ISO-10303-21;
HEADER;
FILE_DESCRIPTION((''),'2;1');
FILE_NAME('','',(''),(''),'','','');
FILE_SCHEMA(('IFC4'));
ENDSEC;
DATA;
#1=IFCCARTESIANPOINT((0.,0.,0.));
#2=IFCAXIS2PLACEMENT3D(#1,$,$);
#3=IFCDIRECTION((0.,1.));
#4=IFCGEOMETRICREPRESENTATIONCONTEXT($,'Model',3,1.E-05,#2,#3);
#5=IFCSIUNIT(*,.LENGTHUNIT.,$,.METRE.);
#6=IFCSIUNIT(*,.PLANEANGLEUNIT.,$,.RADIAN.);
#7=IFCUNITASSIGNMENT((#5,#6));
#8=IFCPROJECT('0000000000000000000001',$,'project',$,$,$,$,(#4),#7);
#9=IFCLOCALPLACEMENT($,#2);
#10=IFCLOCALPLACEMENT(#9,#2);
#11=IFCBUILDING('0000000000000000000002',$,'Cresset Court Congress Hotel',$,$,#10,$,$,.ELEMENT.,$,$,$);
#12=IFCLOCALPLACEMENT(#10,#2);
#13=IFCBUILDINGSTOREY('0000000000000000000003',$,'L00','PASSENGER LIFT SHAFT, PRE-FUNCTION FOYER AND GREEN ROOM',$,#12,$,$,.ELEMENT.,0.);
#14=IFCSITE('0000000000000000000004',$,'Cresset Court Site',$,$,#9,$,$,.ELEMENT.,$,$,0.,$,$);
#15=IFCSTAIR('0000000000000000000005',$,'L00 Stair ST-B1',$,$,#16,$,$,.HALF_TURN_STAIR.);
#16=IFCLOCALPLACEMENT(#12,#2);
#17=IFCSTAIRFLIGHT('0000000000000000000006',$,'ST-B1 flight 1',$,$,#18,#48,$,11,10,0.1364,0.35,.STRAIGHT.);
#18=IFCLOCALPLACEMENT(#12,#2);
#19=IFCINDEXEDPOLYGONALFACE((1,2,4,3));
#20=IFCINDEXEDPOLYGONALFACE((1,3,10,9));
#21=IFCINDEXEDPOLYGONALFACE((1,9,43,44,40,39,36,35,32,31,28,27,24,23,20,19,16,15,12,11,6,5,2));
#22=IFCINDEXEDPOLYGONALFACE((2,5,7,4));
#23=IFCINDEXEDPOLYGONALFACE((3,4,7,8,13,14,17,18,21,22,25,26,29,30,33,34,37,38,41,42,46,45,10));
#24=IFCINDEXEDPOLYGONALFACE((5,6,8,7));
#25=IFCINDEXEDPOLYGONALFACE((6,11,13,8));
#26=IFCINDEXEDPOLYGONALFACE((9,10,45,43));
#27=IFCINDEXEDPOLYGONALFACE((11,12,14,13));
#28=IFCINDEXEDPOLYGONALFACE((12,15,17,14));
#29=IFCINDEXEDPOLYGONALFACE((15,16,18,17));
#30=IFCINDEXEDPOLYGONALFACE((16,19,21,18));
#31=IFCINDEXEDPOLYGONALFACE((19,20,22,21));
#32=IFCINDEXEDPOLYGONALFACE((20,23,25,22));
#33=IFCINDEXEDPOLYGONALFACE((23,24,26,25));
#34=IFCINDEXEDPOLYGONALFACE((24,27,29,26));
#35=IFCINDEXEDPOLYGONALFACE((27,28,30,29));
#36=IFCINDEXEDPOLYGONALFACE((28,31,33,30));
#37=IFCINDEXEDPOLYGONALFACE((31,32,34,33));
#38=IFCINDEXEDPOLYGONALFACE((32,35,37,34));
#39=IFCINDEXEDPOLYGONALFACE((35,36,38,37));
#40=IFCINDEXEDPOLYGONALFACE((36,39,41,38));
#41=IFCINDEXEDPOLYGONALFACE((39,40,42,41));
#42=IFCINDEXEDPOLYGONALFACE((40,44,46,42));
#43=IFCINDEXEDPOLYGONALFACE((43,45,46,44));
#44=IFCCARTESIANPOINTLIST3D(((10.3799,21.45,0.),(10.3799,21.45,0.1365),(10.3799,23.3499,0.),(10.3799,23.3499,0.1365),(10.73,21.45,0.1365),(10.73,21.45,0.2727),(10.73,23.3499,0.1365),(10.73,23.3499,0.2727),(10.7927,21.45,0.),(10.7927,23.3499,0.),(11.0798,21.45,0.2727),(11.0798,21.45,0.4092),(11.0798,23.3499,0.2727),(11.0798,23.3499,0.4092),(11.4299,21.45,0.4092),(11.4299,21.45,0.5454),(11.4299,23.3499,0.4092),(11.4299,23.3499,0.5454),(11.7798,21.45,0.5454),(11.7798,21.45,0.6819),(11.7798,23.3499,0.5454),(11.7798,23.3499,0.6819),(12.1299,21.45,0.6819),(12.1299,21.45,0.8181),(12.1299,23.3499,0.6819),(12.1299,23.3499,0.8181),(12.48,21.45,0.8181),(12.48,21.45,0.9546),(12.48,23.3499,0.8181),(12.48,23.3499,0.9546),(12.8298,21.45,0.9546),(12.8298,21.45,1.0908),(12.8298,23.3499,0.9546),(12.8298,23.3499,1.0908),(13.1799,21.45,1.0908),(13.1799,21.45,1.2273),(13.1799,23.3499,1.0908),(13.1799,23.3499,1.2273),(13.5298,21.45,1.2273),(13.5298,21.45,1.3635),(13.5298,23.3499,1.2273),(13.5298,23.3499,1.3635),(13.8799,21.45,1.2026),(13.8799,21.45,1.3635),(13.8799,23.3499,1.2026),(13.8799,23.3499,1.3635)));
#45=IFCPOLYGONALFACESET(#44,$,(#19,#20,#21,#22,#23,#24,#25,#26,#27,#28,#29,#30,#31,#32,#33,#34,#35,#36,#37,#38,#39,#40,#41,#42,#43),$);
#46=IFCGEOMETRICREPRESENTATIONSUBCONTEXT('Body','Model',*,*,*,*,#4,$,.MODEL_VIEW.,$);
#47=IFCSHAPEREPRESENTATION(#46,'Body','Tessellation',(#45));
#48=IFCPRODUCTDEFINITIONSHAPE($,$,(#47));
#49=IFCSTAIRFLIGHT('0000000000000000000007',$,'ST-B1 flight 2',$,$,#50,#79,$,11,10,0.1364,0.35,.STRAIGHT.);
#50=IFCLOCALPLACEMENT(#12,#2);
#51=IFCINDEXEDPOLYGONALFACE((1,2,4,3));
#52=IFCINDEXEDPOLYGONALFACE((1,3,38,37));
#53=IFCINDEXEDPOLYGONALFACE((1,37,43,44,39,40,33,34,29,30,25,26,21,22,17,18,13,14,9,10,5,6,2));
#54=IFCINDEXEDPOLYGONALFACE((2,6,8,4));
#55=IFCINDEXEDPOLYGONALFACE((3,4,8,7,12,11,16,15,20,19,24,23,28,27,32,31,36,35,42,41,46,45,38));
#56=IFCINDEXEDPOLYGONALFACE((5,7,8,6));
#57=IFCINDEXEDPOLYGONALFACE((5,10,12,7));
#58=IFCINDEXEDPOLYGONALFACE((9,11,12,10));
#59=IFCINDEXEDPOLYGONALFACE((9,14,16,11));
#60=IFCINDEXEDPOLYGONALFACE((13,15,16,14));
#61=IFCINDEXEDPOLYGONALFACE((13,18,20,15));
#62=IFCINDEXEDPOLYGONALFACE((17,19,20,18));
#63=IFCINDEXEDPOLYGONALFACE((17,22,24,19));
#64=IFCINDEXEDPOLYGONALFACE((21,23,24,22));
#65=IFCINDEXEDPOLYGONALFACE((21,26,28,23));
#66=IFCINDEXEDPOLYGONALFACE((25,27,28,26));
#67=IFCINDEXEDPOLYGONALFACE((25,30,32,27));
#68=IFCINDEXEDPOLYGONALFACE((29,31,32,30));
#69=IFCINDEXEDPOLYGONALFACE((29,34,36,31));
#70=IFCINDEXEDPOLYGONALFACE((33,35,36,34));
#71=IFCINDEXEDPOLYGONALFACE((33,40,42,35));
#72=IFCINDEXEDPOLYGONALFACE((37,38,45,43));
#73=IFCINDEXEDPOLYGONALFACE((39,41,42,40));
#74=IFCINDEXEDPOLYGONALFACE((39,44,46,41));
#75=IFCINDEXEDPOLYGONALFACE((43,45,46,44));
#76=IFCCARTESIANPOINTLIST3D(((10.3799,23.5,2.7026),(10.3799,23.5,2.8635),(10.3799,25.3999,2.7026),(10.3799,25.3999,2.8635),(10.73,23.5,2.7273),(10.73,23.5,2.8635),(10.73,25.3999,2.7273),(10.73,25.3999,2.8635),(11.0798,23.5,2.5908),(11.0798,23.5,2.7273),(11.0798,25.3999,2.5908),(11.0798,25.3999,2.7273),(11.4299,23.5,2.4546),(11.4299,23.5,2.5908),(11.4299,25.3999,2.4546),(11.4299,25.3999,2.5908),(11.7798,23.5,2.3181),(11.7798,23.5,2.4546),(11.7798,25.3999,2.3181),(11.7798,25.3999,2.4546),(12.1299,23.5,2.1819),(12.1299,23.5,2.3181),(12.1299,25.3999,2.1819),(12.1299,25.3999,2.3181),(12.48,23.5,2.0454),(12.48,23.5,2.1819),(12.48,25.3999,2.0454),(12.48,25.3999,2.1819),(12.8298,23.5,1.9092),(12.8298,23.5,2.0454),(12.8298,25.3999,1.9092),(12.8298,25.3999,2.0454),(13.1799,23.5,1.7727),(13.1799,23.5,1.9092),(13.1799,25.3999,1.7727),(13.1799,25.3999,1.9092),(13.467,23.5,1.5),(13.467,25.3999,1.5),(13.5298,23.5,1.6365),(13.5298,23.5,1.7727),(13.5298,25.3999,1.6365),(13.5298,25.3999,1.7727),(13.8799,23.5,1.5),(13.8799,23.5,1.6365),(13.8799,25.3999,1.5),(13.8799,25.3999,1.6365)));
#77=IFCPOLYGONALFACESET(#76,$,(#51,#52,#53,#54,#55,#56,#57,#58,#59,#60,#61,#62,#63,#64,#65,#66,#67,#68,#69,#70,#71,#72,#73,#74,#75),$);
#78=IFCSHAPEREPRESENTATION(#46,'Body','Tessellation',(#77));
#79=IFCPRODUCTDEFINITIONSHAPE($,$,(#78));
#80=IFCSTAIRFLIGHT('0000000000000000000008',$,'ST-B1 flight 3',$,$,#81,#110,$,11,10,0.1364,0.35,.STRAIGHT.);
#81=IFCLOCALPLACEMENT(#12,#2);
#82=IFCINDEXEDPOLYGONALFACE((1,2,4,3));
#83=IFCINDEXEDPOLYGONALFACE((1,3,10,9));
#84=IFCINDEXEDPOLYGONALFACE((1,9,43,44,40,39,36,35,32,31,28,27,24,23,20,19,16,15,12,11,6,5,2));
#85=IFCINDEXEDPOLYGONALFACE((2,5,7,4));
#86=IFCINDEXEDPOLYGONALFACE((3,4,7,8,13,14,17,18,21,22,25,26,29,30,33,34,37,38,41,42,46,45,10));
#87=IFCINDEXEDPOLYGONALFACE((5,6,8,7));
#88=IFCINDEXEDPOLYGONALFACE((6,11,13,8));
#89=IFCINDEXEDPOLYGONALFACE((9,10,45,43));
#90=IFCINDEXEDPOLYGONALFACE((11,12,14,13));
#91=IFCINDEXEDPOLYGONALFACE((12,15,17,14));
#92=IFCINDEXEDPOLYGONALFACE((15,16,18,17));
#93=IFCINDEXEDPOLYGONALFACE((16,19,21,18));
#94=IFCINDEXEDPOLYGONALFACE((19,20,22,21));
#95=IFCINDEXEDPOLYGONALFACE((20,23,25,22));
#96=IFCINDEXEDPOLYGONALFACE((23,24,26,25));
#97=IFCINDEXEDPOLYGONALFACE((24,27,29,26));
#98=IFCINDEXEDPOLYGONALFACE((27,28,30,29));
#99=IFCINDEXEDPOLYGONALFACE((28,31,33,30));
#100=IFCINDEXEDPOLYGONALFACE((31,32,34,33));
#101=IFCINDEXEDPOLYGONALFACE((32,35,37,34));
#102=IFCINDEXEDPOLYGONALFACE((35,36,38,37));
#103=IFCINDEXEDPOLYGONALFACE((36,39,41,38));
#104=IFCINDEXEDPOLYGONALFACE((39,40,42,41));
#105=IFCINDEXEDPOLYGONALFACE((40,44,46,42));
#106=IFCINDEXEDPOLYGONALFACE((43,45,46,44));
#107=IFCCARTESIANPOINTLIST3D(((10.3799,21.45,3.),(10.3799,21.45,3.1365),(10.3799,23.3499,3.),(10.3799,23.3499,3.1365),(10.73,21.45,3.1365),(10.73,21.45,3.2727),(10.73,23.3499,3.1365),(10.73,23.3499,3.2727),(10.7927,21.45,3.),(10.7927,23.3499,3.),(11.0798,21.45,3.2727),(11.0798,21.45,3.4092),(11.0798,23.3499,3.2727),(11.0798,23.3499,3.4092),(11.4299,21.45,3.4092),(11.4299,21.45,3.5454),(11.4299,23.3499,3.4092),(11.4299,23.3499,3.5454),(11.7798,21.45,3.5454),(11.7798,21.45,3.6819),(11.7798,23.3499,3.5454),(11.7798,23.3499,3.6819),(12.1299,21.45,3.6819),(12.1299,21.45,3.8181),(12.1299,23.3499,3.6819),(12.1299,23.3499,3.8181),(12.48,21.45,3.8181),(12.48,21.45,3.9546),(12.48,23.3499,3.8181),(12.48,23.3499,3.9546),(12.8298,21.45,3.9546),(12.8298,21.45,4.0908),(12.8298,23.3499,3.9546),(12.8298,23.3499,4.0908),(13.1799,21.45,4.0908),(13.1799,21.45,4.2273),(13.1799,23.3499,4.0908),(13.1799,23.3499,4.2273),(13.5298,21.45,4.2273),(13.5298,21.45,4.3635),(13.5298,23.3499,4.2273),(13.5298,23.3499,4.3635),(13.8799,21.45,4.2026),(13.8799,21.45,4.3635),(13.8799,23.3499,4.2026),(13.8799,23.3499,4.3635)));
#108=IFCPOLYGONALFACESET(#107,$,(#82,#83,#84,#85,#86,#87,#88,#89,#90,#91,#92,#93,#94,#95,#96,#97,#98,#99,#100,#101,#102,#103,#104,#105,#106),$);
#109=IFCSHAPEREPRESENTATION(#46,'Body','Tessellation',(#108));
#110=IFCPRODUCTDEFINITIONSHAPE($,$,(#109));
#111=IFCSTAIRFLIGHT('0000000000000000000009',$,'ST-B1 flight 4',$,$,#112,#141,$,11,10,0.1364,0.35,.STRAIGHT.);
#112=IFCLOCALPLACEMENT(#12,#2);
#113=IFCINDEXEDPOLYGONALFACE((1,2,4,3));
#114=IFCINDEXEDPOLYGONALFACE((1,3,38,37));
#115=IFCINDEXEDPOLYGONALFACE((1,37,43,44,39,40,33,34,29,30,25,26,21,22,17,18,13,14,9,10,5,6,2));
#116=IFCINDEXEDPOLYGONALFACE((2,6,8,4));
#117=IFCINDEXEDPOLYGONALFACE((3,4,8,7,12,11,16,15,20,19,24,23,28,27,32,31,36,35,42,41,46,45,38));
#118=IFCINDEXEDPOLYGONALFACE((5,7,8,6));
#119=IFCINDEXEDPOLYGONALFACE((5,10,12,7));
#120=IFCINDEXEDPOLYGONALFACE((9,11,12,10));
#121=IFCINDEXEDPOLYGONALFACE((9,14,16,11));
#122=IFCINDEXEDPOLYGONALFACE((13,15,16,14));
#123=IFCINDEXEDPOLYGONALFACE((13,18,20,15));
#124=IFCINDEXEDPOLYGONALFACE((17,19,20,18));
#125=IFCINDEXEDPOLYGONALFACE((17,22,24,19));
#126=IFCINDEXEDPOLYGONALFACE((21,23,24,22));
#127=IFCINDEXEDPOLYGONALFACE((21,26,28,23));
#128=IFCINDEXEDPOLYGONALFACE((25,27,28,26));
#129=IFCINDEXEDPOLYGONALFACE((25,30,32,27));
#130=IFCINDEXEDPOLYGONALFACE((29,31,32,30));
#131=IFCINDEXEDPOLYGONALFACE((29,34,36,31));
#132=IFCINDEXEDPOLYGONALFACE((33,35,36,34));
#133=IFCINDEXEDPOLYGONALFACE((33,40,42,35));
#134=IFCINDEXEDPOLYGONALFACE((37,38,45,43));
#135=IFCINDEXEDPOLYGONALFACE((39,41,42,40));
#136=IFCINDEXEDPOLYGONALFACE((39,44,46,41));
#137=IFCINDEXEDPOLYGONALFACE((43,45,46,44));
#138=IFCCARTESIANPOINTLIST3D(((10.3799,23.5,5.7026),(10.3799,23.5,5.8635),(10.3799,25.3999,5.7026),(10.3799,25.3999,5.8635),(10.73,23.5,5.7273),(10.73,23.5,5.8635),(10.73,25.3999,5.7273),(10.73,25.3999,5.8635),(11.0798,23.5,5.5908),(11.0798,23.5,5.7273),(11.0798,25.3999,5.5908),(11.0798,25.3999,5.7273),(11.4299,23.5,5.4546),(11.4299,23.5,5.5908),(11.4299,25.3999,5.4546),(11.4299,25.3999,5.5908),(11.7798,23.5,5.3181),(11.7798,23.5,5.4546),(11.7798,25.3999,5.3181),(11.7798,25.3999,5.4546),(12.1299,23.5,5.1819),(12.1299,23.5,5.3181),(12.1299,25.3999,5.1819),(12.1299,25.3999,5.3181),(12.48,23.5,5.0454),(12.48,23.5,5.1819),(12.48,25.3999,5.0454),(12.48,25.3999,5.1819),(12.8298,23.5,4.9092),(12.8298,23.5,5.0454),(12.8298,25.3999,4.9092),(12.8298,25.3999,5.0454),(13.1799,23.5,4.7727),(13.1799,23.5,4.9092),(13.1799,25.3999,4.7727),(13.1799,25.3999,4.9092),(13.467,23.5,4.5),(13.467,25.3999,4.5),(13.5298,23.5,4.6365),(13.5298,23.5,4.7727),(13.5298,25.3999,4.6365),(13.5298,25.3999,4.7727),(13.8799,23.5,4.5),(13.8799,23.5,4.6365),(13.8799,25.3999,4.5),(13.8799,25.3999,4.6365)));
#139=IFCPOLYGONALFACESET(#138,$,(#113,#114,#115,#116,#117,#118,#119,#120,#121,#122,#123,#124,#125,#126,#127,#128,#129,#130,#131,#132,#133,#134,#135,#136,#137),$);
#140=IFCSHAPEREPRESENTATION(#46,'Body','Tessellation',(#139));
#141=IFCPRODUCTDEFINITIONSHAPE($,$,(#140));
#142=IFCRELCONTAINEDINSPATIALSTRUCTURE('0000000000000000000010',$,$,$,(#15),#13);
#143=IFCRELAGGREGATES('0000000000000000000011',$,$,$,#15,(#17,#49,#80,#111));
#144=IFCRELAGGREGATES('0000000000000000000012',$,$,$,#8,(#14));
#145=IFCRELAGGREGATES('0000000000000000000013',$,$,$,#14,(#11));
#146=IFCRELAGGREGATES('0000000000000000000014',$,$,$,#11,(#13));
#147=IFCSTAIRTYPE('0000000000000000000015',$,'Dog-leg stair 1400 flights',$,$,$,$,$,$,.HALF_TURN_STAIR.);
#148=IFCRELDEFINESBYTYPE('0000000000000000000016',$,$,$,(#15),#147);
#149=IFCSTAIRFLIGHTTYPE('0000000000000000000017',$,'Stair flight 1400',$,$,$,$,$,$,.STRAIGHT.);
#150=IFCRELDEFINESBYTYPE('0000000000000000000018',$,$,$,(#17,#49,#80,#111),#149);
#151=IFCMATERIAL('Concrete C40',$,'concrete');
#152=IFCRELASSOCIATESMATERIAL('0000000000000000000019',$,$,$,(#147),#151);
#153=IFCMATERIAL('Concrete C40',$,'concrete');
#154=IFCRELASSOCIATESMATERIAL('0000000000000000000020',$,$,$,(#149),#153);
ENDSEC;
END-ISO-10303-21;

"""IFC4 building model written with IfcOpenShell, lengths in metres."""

from ifc_helpers import new_model, si_unit, direction, frame, origin, place, context, subcontext, project, spatial, polyline, outline, extrude, material, type_object, element, aggregate, save


model = new_model("IFC4")

# Units and contexts
model_context = context("Model", 3, precision=1e-05, world=origin(), true_north=direction((0.0, 1.0)))
body_context = subcontext(model_context, "Body", "Model", "MODEL_VIEW")
ifc_project = project(units=[si_unit("LENGTHUNIT", "METRE"), si_unit("PLANEANGLEUNIT", "RADIAN")], contexts=[model_context])

# Site, building, storey
site_placement = place(None, origin())
site = spatial("IfcSite", under=ifc_project, at=site_placement, Name="Cresset Court Site", CompositionType="ELEMENT", RefElevation=0.0)
building_placement = place(site_placement, origin())
building = spatial("IfcBuilding", under=site, at=building_placement, Name="Cresset Court Congress Hotel", CompositionType="ELEMENT")
storey_placement = place(building_placement, origin())
storey = spatial("IfcBuildingStorey", under=building, at=storey_placement, Name="L00", Description="PASSENGER LIFT SHAFT, PRE-FUNCTION FOYER AND GREEN ROOM", CompositionType="ELEMENT", Elevation=0.0)

# Stair, stair flights
ifc_material_1 = material(Name="Concrete C40", Category="concrete")
stair_type = type_object("IfcStairType", Name="Dog-leg stair 1400 flights", PredefinedType="HALF_TURN_STAIR", material=ifc_material_1)
stair_placement = place(storey_placement, origin())
stair = element("IfcStair", 1, at=stair_placement, inside=storey, type_object=stair_type, Name="L00 Stair ST-B1", PredefinedType="HALF_TURN_STAIR")
ifc_material_2 = material(Name="Concrete C40", Category="concrete")
stair_flight_type = type_object("IfcStairFlightType", Name="Stair flight 1400", PredefinedType="STRAIGHT", material=ifc_material_2)
stair_flight_1_placement = place(storey_placement, frame((10.3799, 22.3999, 0.0), z_axis=(0.0, 0.0, 1.0), x_axis=(1.0, 0.0, 0.0)))
stair_flight_1 = element("IfcStairFlight", 2, at=stair_flight_1_placement, type_object=stair_flight_type, Name="ST-B1 flight 1", NumberOfRisers=11, NumberOfTreads=10, PredefinedType="STRAIGHT", RiserHeight=0.1364, TreadLength=0.35, context=body_context, shape_type="SweptSolid", body=[
    extrude(outline(polyline([(0.0, 0.0), (0.0, 0.1365), (0.3501, 0.1365), (0.3501, 0.2727), (0.7, 0.2727), (0.7, 0.4092), (1.05, 0.4092), (1.05, 0.5454), (1.3999, 0.5454), (1.3999, 0.6819), (1.75, 0.6819), (1.75, 0.8181), (2.1001, 0.8181), (2.1001, 0.9546), (2.45, 0.9546), (2.45, 1.0908), (2.8, 1.0908), (2.8, 1.2273), (3.1499, 1.2273), (3.1499, 1.3635), (3.5, 1.3635), (3.5, 1.5), (3.5, 1.2026), (0.4128, 0.0), (0.0, 0.0)])), frame((0.0, 0.95, 0.0), z_axis=(0.0, -1.0, 0.0), x_axis=(1.0, 0.0, 0.0)), (0.0, 0.0, 1.0), 1.8999),
])
stair_flight_2_placement = place(storey_placement, frame((13.8799, 24.45, 1.5), z_axis=(0.0, 0.0, 1.0), x_axis=(-1.0, 0.0, 0.0)))
stair_flight_2 = element("IfcStairFlight", 3, at=stair_flight_2_placement, type_object=stair_flight_type, Name="ST-B1 flight 2", NumberOfRisers=11, NumberOfTreads=10, PredefinedType="STRAIGHT", RiserHeight=0.1364, TreadLength=0.35, context=body_context, shape_type="SweptSolid", body=[
    extrude(outline(polyline([(0.0, 0.0), (0.0, 0.1365), (0.3501, 0.1365), (0.3501, 0.2727), (0.7, 0.2727), (0.7, 0.4092), (1.05, 0.4092), (1.05, 0.5454), (1.3999, 0.5454), (1.3999, 0.6819), (1.75, 0.6819), (1.75, 0.8181), (2.1001, 0.8181), (2.1001, 0.9546), (2.45, 0.9546), (2.45, 1.0908), (2.8, 1.0908), (2.8, 1.2273), (3.1499, 1.2273), (3.1499, 1.3635), (3.5, 1.3635), (3.5, 1.5), (3.5, 1.2026), (0.4128, 0.0), (0.0, 0.0)])), frame((0.0, 0.95, 0.0), z_axis=(0.0, -1.0, 0.0), x_axis=(1.0, 0.0, 0.0)), (0.0, 0.0, 1.0), 1.8999),
])
stair_flight_3_placement = place(storey_placement, frame((10.3799, 22.3999, 3.0), z_axis=(0.0, 0.0, 1.0), x_axis=(1.0, 0.0, 0.0)))
stair_flight_3 = element("IfcStairFlight", 4, at=stair_flight_3_placement, type_object=stair_flight_type, Name="ST-B1 flight 3", NumberOfRisers=11, NumberOfTreads=10, PredefinedType="STRAIGHT", RiserHeight=0.1364, TreadLength=0.35, context=body_context, shape_type="SweptSolid", body=[
    extrude(outline(polyline([(0.0, 0.0), (0.0, 0.1365), (0.3501, 0.1365), (0.3501, 0.2727), (0.7, 0.2727), (0.7, 0.4092), (1.05, 0.4092), (1.05, 0.5454), (1.3999, 0.5454), (1.3999, 0.6819), (1.75, 0.6819), (1.75, 0.8181), (2.1001, 0.8181), (2.1001, 0.9546), (2.45, 0.9546), (2.45, 1.0908), (2.8, 1.0908), (2.8, 1.2273), (3.1499, 1.2273), (3.1499, 1.3635), (3.5, 1.3635), (3.5, 1.5), (3.5, 1.2026), (0.4128, 0.0), (0.0, 0.0)])), frame((0.0, 0.95, 0.0), z_axis=(0.0, -1.0, 0.0), x_axis=(1.0, 0.0, 0.0)), (0.0, 0.0, 1.0), 1.8999),
])
stair_flight_4_placement = place(storey_placement, frame((13.8799, 24.45, 4.5), z_axis=(0.0, 0.0, 1.0), x_axis=(-1.0, 0.0, 0.0)))
stair_flight_4 = element("IfcStairFlight", 5, at=stair_flight_4_placement, type_object=stair_flight_type, Name="ST-B1 flight 4", NumberOfRisers=11, NumberOfTreads=10, PredefinedType="STRAIGHT", RiserHeight=0.1364, TreadLength=0.35, context=body_context, shape_type="SweptSolid", body=[
    extrude(outline(polyline([(0.0, 0.0), (0.0, 0.1365), (0.3501, 0.1365), (0.3501, 0.2727), (0.7, 0.2727), (0.7, 0.4092), (1.05, 0.4092), (1.05, 0.5454), (1.3999, 0.5454), (1.3999, 0.6819), (1.75, 0.6819), (1.75, 0.8181), (2.1001, 0.8181), (2.1001, 0.9546), (2.45, 0.9546), (2.45, 1.0908), (2.8, 1.0908), (2.8, 1.2273), (3.1499, 1.2273), (3.1499, 1.3635), (3.5, 1.3635), (3.5, 1.5), (3.5, 1.2026), (0.4128, 0.0), (0.0, 0.0)])), frame((0.0, 0.95, 0.0), z_axis=(0.0, -1.0, 0.0), x_axis=(1.0, 0.0, 0.0)), (0.0, 0.0, 1.0), 1.8999),
])
aggregate(stair, [stair_flight_1, stair_flight_2, stair_flight_3, stair_flight_4])

save(model, "model.ifc")
